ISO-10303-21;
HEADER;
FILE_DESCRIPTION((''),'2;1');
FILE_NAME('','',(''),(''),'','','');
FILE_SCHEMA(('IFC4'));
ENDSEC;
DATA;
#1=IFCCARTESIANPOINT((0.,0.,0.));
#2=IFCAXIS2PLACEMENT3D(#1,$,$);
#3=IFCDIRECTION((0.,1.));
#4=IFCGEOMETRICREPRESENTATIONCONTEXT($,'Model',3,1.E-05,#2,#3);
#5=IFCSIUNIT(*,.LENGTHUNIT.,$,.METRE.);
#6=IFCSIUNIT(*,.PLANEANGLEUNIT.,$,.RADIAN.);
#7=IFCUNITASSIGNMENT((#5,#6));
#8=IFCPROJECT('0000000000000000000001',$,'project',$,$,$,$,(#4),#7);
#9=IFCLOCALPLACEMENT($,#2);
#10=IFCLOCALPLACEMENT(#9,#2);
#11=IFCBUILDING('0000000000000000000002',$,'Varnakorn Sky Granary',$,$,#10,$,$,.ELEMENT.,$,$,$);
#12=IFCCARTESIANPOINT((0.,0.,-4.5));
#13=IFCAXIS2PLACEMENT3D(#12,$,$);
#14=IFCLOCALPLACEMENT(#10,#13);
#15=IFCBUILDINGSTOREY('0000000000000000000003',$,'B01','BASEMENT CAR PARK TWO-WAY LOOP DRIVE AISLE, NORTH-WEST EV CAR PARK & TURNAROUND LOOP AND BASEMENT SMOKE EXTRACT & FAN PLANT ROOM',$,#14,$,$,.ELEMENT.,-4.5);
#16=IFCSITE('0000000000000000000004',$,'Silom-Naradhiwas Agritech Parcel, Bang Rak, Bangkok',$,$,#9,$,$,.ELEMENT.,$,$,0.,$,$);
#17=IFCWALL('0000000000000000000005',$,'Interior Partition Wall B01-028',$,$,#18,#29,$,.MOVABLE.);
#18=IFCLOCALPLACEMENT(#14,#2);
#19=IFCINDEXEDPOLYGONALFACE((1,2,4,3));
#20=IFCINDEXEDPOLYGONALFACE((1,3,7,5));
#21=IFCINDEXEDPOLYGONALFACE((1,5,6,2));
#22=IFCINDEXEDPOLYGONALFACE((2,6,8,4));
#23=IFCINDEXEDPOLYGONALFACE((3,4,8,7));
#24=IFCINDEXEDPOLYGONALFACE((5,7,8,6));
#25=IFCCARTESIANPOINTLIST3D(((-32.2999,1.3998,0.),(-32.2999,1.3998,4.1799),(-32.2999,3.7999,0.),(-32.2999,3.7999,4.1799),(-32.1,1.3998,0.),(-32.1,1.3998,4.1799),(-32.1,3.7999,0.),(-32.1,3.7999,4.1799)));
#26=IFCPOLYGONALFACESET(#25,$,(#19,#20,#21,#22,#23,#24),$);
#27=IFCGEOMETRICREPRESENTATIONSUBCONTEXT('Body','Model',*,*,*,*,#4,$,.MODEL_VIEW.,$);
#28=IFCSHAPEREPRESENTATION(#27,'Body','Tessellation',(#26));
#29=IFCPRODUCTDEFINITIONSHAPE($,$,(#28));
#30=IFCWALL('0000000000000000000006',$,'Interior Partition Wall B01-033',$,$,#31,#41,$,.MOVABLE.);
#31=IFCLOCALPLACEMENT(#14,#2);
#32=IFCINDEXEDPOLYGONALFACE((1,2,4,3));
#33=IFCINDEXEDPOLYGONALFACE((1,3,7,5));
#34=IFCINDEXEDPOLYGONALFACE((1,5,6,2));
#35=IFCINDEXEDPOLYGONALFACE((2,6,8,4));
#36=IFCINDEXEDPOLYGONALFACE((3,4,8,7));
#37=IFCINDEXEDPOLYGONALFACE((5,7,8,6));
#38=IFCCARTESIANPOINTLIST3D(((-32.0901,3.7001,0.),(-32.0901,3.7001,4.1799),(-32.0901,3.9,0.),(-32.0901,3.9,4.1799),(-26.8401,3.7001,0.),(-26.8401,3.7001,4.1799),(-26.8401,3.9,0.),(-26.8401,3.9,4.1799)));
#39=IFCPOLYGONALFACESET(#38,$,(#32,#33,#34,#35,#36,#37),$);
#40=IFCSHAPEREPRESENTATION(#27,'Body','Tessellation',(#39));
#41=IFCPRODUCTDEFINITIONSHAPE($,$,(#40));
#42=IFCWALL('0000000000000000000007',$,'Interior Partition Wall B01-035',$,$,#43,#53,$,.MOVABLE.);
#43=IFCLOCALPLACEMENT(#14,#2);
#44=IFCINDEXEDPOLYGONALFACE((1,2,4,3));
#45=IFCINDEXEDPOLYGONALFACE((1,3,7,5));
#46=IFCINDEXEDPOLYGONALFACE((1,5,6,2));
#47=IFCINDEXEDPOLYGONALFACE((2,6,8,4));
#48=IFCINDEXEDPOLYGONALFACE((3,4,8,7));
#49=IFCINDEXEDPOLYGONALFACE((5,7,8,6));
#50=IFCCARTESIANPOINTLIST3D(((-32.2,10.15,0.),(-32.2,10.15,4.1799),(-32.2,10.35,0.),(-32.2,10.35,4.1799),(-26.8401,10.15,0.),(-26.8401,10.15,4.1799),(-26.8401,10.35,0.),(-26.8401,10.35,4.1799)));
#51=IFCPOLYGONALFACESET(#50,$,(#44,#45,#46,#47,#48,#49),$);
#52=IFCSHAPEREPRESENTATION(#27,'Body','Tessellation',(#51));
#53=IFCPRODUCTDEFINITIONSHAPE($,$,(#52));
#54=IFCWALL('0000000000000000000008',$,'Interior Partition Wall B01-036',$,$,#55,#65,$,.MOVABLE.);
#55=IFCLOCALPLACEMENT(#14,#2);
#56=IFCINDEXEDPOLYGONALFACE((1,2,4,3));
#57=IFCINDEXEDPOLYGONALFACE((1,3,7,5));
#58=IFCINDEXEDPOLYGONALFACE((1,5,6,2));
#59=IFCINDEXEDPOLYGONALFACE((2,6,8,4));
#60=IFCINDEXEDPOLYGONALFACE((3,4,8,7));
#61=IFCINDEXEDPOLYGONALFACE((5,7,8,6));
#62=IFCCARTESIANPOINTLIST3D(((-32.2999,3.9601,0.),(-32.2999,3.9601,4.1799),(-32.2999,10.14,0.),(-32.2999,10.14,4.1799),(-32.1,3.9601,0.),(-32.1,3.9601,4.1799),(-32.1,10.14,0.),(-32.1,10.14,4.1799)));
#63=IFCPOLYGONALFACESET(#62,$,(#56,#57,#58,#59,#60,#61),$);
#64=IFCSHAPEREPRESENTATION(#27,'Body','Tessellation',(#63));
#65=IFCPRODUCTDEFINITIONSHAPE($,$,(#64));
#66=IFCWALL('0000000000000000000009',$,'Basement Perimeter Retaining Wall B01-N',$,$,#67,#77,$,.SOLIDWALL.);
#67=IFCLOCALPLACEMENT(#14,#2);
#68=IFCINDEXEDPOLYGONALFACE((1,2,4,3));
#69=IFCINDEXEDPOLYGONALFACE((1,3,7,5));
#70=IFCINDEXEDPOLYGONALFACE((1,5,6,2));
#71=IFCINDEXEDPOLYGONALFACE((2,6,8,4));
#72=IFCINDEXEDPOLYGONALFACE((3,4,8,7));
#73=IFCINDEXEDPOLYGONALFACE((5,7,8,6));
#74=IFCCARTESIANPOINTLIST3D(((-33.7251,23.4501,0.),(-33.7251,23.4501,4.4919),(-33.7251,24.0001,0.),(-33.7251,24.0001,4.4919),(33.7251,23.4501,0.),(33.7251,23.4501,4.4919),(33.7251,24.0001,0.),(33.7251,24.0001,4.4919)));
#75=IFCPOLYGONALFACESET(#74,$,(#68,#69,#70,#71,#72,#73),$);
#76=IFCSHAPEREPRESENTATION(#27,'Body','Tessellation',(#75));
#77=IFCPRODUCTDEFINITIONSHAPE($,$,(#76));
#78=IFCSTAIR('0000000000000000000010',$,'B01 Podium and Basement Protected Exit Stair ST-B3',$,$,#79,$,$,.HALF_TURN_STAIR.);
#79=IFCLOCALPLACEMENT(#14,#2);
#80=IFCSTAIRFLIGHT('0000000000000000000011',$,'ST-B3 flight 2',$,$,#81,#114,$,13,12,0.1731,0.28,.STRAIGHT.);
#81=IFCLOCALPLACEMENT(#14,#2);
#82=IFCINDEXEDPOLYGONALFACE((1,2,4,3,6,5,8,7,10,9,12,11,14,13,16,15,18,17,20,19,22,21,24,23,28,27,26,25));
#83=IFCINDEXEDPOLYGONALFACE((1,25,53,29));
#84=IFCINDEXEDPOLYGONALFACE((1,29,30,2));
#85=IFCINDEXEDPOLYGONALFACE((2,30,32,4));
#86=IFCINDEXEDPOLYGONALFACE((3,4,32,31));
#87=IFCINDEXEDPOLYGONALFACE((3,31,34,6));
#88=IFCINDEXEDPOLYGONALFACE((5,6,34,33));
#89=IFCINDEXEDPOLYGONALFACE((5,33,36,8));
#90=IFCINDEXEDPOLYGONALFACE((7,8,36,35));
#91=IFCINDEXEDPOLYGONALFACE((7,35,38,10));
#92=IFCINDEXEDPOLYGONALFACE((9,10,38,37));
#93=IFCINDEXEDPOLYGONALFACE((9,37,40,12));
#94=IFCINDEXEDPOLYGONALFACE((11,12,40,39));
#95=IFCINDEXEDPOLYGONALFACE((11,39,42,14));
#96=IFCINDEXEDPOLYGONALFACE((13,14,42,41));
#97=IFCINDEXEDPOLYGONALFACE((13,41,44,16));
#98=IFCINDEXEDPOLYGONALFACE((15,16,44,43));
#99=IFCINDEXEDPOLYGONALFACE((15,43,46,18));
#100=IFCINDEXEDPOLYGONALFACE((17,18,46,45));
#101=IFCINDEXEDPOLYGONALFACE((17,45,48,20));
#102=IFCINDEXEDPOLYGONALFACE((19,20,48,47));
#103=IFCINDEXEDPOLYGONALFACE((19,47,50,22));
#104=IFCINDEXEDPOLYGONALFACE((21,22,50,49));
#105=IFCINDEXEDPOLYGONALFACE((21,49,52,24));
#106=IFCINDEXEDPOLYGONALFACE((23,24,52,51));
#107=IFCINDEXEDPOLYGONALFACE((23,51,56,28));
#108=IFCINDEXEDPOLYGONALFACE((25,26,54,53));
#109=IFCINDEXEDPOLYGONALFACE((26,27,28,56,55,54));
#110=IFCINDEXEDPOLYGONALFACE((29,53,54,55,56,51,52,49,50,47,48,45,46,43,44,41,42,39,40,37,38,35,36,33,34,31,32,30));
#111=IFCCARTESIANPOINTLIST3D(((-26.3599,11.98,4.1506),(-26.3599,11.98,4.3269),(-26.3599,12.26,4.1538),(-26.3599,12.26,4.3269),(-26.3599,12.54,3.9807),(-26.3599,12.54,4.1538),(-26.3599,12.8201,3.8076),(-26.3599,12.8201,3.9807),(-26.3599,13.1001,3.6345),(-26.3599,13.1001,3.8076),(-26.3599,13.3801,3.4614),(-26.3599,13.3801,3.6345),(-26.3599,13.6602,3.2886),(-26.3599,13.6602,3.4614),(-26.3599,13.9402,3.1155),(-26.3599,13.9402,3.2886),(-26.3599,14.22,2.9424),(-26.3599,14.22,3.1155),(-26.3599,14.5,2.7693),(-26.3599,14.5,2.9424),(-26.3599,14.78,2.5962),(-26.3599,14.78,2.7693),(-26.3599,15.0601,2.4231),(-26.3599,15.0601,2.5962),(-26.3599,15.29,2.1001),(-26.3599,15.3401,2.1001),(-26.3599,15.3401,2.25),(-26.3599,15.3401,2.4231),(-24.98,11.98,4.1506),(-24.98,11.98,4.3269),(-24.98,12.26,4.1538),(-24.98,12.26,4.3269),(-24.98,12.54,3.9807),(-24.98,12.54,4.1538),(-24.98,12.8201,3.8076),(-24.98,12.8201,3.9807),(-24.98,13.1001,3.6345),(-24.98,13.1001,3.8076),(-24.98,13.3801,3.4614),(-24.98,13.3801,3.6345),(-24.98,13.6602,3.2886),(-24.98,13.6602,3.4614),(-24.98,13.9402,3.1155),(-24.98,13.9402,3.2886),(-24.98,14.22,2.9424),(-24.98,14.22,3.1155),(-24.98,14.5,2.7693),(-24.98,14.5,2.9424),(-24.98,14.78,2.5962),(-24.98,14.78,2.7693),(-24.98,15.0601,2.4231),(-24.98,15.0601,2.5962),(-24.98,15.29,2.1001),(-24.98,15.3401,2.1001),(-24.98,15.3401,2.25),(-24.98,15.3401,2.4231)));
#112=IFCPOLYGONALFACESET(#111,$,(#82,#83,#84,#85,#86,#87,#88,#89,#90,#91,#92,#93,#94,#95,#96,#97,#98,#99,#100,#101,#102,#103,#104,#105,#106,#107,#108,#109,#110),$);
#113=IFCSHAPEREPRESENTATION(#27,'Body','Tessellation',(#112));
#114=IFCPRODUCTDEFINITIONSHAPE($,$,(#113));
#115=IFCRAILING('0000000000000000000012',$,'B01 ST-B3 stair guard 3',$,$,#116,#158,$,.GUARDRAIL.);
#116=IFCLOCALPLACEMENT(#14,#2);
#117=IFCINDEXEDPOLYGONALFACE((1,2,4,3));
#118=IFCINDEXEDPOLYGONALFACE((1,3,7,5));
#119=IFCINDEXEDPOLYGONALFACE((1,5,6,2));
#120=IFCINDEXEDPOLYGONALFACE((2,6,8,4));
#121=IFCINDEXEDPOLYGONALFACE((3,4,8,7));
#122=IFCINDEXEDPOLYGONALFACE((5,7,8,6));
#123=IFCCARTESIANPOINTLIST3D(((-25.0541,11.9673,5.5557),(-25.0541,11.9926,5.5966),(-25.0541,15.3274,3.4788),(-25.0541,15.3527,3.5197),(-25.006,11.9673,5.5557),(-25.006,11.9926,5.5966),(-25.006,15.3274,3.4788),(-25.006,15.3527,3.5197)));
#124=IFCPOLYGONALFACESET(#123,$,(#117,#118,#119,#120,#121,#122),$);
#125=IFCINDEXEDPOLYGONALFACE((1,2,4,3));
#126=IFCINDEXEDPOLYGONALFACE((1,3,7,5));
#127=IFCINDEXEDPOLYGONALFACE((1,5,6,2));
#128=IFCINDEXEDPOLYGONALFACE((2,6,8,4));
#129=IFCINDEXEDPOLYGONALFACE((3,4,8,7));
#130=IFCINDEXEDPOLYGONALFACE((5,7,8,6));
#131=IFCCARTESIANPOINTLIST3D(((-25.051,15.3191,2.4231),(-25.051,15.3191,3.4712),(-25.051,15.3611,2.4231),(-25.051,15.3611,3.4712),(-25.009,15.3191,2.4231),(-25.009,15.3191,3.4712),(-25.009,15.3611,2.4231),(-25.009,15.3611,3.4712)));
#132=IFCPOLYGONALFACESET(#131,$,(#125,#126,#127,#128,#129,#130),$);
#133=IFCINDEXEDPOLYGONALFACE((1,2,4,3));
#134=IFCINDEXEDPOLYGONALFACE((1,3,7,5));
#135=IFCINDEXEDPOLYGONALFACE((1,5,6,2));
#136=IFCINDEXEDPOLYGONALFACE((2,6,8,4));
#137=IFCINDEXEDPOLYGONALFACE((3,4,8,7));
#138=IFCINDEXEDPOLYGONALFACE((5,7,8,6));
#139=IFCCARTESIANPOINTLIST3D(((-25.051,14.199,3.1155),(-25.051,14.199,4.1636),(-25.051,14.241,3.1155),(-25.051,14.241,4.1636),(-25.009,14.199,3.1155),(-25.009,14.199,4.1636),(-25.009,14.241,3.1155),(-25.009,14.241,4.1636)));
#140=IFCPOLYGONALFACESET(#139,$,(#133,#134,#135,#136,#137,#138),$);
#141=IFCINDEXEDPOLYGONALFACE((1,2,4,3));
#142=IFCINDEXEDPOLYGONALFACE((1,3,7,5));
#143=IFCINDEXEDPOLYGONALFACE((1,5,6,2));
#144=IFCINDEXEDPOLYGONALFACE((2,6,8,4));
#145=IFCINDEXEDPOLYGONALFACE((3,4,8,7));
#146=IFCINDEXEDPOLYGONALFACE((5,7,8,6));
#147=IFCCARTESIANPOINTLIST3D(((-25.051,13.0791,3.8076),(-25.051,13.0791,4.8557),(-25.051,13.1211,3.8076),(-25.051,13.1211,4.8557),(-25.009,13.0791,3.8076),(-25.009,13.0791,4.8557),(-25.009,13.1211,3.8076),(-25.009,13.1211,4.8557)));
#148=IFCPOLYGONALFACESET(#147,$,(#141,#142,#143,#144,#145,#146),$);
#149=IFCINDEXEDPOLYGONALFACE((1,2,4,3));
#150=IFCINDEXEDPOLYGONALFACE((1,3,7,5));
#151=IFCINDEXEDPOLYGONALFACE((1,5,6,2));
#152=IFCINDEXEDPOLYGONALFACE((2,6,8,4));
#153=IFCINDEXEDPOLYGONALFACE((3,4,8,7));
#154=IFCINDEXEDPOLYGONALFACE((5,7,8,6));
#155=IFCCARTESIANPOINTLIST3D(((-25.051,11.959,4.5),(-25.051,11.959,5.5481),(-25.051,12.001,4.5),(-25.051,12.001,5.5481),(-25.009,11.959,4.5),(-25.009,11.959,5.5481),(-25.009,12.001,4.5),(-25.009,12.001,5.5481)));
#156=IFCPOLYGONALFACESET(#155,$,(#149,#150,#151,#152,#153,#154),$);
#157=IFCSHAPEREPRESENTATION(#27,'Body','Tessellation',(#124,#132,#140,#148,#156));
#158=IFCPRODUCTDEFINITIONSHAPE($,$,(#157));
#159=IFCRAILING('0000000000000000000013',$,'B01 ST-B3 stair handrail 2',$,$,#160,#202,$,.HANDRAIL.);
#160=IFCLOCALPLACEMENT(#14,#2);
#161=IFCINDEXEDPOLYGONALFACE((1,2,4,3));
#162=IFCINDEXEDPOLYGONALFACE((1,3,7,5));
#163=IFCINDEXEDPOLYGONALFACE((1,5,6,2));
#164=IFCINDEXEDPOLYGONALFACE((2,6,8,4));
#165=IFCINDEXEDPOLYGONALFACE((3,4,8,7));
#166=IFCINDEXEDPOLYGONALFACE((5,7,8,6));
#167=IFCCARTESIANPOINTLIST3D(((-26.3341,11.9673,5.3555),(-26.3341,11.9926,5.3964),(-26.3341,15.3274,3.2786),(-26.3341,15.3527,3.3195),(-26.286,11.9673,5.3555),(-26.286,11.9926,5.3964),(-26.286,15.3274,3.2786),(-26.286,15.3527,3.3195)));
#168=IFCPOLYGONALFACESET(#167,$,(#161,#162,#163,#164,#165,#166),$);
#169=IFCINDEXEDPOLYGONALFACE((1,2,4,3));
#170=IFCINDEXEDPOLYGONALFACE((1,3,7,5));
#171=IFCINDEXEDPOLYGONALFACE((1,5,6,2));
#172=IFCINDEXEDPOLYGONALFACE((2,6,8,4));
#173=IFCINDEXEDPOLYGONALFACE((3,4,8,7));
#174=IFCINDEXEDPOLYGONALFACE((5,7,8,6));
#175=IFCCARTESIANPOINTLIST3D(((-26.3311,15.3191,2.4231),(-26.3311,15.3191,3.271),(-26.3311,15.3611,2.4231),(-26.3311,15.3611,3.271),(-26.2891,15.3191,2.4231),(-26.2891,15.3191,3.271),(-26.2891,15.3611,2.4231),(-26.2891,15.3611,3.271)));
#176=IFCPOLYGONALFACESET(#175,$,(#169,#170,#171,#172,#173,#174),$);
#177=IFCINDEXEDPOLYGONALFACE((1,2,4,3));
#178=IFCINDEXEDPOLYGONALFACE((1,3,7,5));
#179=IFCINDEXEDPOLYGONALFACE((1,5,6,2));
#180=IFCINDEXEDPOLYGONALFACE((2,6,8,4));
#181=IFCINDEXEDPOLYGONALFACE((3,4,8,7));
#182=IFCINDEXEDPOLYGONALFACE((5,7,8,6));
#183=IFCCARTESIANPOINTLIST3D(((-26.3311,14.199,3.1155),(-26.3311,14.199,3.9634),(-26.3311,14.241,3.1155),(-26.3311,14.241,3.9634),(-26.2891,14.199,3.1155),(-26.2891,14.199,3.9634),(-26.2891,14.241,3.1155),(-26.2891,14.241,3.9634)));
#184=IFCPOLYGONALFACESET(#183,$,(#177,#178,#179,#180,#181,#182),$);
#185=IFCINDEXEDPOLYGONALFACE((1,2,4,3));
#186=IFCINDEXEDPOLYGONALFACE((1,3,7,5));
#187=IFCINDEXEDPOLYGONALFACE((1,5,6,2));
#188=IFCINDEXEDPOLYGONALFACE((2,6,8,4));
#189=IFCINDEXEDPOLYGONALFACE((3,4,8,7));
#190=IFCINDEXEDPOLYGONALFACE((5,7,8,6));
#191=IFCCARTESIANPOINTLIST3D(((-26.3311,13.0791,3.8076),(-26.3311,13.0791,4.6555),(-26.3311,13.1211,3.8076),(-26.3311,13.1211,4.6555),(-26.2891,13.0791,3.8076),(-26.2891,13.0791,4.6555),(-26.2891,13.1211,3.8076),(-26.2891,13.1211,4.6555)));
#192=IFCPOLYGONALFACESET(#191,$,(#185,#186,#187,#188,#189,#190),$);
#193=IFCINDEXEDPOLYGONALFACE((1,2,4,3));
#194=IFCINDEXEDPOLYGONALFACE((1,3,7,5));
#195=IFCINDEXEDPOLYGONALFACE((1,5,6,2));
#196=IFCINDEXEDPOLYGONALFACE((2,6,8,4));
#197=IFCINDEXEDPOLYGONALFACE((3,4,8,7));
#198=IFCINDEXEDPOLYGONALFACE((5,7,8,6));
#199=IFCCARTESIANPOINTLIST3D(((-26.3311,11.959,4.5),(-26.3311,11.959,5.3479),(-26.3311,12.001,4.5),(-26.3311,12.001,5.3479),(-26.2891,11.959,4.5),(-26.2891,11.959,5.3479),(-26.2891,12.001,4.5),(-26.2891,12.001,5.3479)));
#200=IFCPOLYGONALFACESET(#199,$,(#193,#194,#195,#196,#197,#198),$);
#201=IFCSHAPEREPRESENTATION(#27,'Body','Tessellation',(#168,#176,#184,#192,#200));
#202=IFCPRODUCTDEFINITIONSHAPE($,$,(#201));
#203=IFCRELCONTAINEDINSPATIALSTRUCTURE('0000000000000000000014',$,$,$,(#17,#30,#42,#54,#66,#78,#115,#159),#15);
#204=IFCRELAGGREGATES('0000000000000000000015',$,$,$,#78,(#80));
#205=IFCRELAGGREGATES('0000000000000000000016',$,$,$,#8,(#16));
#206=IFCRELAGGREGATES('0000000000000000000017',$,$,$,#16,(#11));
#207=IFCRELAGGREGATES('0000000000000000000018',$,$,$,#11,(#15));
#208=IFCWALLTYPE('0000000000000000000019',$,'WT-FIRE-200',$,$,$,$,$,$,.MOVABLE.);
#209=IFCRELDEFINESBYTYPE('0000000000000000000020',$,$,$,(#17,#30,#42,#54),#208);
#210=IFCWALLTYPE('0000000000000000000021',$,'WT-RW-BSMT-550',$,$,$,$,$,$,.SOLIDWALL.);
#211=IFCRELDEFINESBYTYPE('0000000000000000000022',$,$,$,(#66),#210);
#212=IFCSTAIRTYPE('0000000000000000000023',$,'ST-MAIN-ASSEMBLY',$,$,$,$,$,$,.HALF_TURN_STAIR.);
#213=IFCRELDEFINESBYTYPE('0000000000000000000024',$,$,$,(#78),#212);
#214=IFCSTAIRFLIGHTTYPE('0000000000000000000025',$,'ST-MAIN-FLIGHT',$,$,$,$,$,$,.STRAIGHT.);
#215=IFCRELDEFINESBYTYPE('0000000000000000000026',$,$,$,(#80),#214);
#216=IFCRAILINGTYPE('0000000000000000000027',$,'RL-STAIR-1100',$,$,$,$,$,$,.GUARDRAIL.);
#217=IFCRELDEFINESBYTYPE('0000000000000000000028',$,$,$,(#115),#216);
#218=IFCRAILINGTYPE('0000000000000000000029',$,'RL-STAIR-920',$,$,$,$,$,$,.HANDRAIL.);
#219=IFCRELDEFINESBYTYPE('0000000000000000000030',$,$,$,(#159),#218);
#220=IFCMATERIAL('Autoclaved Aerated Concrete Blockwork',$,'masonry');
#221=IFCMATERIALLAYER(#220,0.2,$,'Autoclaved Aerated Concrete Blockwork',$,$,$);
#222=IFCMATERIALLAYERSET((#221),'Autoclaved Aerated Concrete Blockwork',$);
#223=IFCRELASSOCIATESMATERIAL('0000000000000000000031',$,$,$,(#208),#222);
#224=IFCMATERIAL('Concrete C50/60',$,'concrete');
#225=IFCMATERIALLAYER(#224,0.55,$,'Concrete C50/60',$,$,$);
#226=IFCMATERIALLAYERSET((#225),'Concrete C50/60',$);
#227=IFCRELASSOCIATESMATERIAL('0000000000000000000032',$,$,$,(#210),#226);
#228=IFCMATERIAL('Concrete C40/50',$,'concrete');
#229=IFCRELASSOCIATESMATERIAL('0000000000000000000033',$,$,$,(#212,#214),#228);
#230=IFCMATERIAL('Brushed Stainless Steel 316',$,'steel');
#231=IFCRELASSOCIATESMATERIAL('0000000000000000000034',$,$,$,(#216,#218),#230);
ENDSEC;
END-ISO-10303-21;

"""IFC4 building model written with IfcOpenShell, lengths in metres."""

from ifc_helpers import new_model, si_unit, direction, frame, frame_2d, origin, origin_2d, place, context, subcontext, project, spatial, polyline, rectangle, outline, extrude, material, layer, layer_set, type_object, element, aggregate, save


model = new_model("IFC4")

# Units and contexts
model_context = context("Model", 3, precision=1e-05, world=origin(), true_north=direction((0.0, 1.0)))
body_context = subcontext(model_context, "Body", "Model", "MODEL_VIEW")
ifc_project = project(units=[si_unit("LENGTHUNIT", "METRE"), si_unit("PLANEANGLEUNIT", "RADIAN")], contexts=[model_context])

# Site, building, storey
site_placement = place(None, origin())
site = spatial("IfcSite", under=ifc_project, at=site_placement, Name="Silom-Naradhiwas Agritech Parcel, Bang Rak, Bangkok", CompositionType="ELEMENT", RefElevation=0.0)
building_placement = place(site_placement, origin())
building = spatial("IfcBuilding", under=site, at=building_placement, Name="Varnakorn Sky Granary", CompositionType="ELEMENT")
storey_placement = place(building_placement, frame((0.0, 0.0, -4.5)))
storey = spatial("IfcBuildingStorey", under=building, at=storey_placement, Name="B01", Description="BASEMENT CAR PARK TWO-WAY LOOP DRIVE AISLE, NORTH-WEST EV CAR PARK & TURNAROUND LOOP AND BASEMENT SMOKE EXTRACT & FAN PLANT ROOM", CompositionType="ELEMENT", Elevation=-4.5)

# Shared definitions
ifc_material_1 = material(Name="Concrete C50/60", Category="concrete")

# Shared definitions
ifc_material_2 = material(Name="Autoclaved Aerated Concrete Blockwork", Category="masonry")
ifc_layer_1 = layer(ifc_material_2, 0.2, Name="Autoclaved Aerated Concrete Blockwork")
ifc_layer_set_1 = layer_set([ifc_layer_1], Name="Autoclaved Aerated Concrete Blockwork")
wall_type_1 = type_object("IfcWallType", Name="WT-FIRE-200", PredefinedType="MOVABLE", material=ifc_layer_set_1)

# Walls
wall_1_placement = place(storey_placement, frame((-32.2, 3.8, 0.0), z_axis=(0.0, 0.0, 1.0), x_axis=(0.0, -1.0, 0.0)))
element("IfcWall", 1, at=wall_1_placement, inside=storey, type_object=wall_type_1, Name="Interior Partition Wall B01-028", PredefinedType="MOVABLE", context=body_context, shape_type="SweptSolid", body=[
    extrude(rectangle(XDim=2.4001, YDim=0.2, at=frame_2d((1.2002, 0.0))), origin(), (0.0, 0.0, 1.0), 4.1799),
])
wall_2_placement = place(storey_placement, frame((-26.8401, 3.8, 0.0), z_axis=(0.0, 0.0, 1.0), x_axis=(-1.0, 0.0, 0.0)))
element("IfcWall", 2, at=wall_2_placement, inside=storey, type_object=wall_type_1, Name="Interior Partition Wall B01-033", PredefinedType="MOVABLE", context=body_context, shape_type="SweptSolid", body=[
    extrude(rectangle(XDim=5.25, YDim=0.2, at=frame_2d((2.625, 0.0))), origin(), (0.0, 0.0, 1.0), 4.1799),
])
wall_3_placement = place(storey_placement, frame((-26.8401, 10.25, 0.0), z_axis=(0.0, 0.0, 1.0), x_axis=(-1.0, 0.0, 0.0)))
element("IfcWall", 3, at=wall_3_placement, inside=storey, type_object=wall_type_1, Name="Interior Partition Wall B01-035", PredefinedType="MOVABLE", context=body_context, shape_type="SweptSolid", body=[
    extrude(rectangle(XDim=5.3599, YDim=0.2, at=frame_2d((2.6799, 0.0))), origin(), (0.0, 0.0, 1.0), 4.1799),
])
wall_4_placement = place(storey_placement, frame((-32.2, 10.1399, 0.0), z_axis=(0.0, 0.0, 1.0), x_axis=(0.0, -1.0, 0.0)))
element("IfcWall", 4, at=wall_4_placement, inside=storey, type_object=wall_type_1, Name="Interior Partition Wall B01-036", PredefinedType="MOVABLE", context=body_context, shape_type="SweptSolid", body=[
    extrude(rectangle(XDim=6.1799, YDim=0.2, at=frame_2d((3.0898, 0.0))), origin(), (0.0, 0.0, 1.0), 4.1799),
])
ifc_layer_2 = layer(ifc_material_1, 0.55, Name="Concrete C50/60")
ifc_layer_set_2 = layer_set([ifc_layer_2], Name="Concrete C50/60")
wall_type_2 = type_object("IfcWallType", Name="WT-RW-BSMT-550", PredefinedType="SOLIDWALL", material=ifc_layer_set_2)
wall_5_placement = place(storey_placement, frame((-33.7251, 23.7251, 0.0), z_axis=(0.0, 0.0, 1.0), x_axis=(1.0, 0.0, 0.0)))
element("IfcWall", 5, at=wall_5_placement, inside=storey, type_object=wall_type_2, Name="Basement Perimeter Retaining Wall B01-N", PredefinedType="SOLIDWALL", context=body_context, shape_type="SweptSolid", body=[
    extrude(rectangle(XDim=67.4502, YDim=0.55, at=frame_2d((33.7251, 0.0))), origin(), (0.0, 0.0, 1.0), 4.4919),
])

# Stair, stair flight
ifc_material_3 = material(Name="Concrete C40/50", Category="concrete")
stair_type = type_object("IfcStairType", Name="ST-MAIN-ASSEMBLY", PredefinedType="HALF_TURN_STAIR", material=ifc_material_3)
stair_placement = place(storey_placement, origin())
stair = element("IfcStair", 6, at=stair_placement, inside=storey, type_object=stair_type, Name="B01 Podium and Basement Protected Exit Stair ST-B3", PredefinedType="HALF_TURN_STAIR")
stair_flight_type = type_object("IfcStairFlightType", Name="ST-MAIN-FLIGHT", PredefinedType="STRAIGHT", material=ifc_material_3)
stair_flight_placement = place(storey_placement, frame((-25.6699, 15.3401, 2.25), z_axis=(0.0, 0.0, 1.0), x_axis=(0.0, -1.0, 0.0)))
stair_flight = element("IfcStairFlight", 7, at=stair_flight_placement, type_object=stair_flight_type, Name="ST-B3 flight 2", NumberOfRisers=13, NumberOfTreads=12, PredefinedType="STRAIGHT", RiserHeight=0.1731, TreadLength=0.28, context=body_context, shape_type="SweptSolid", body=[
    extrude(outline(polyline([(0.0, -0.1499), (0.0, 0.0), (0.0, 0.1731), (0.28, 0.1731), (0.28, 0.3462), (0.5601, 0.3462), (0.5601, 0.5193), (0.8401, 0.5193), (0.8401, 0.6924), (1.1201, 0.6924), (1.1201, 0.8655), (1.3999, 0.8655), (1.3999, 1.0386), (1.6799, 1.0386), (1.6799, 1.2114), (1.96, 1.2114), (1.96, 1.3845), (2.24, 1.3845), (2.24, 1.5576), (2.52, 1.5576), (2.52, 1.7307), (2.8, 1.7307), (2.8, 1.9038), (3.0801, 1.9038), (3.0801, 2.0769), (3.3601, 2.0769), (3.3601, 2.25), (3.3601, 1.9006), (0.05, -0.1499), (0.0, -0.1499)])), frame((0.0, 0.6899, 0.0), z_axis=(0.0, -1.0, 0.0), x_axis=(1.0, 0.0, 0.0)), (0.0, 0.0, 1.0), 1.3799),
])
aggregate(stair, [stair_flight])

# Railings
ifc_material_4 = material(Name="Brushed Stainless Steel 316", Category="steel")
railing_type_1 = type_object("IfcRailingType", Name="RL-STAIR-1100", PredefinedType="GUARDRAIL", material=ifc_material_4)
railing_1_placement = place(storey_placement, frame((-25.03, 15.3401, 2.4231)))
element("IfcRailing", 8, at=railing_1_placement, inside=storey, type_object=railing_type_1, Name="B01 ST-B3 stair guard 3", PredefinedType="GUARDRAIL", context=body_context, shape_type="SweptSolid", body=[
    extrude(rectangle(XDim=0.0481, YDim=0.0481, at=origin_2d()), frame((0.0, 0.0, 1.0762), z_axis=(0.0, -0.850623, 0.525776), x_axis=(1.0, 0.0, 0.0)), (0.0, 0.0, 1.0), 3.9502),
    extrude(rectangle(XDim=0.042, YDim=0.042, at=origin_2d()), origin(), (0.0, 0.0, 1.0), 1.0481),
    extrude(rectangle(XDim=0.042, YDim=0.042, at=origin_2d()), frame((0.0, -1.1201, 0.6924)), (0.0, 0.0, 1.0), 1.0481),
    extrude(rectangle(XDim=0.042, YDim=0.042, at=origin_2d()), frame((0.0, -2.24, 1.3845)), (0.0, 0.0, 1.0), 1.0481),
    extrude(rectangle(XDim=0.042, YDim=0.042, at=origin_2d()), frame((0.0, -3.3601, 2.0769)), (0.0, 0.0, 1.0), 1.0481),
])
railing_type_2 = type_object("IfcRailingType", Name="RL-STAIR-920", PredefinedType="HANDRAIL", material=ifc_material_4)
railing_2_placement = place(storey_placement, frame((-26.3101, 15.3401, 2.4231)))
element("IfcRailing", 9, at=railing_2_placement, inside=storey, type_object=railing_type_2, Name="B01 ST-B3 stair handrail 2", PredefinedType="HANDRAIL", context=body_context, shape_type="SweptSolid", body=[
    extrude(rectangle(XDim=0.0481, YDim=0.0481, at=origin_2d()), frame((0.0, 0.0, 0.876), z_axis=(0.0, -0.850623, 0.525776), x_axis=(1.0, 0.0, 0.0)), (0.0, 0.0, 1.0), 3.9502),
    extrude(rectangle(XDim=0.042, YDim=0.042, at=origin_2d()), origin(), (0.0, 0.0, 1.0), 0.8479),
    extrude(rectangle(XDim=0.042, YDim=0.042, at=origin_2d()), frame((0.0, -1.1201, 0.6924)), (0.0, 0.0, 1.0), 0.8479),
    extrude(rectangle(XDim=0.042, YDim=0.042, at=origin_2d()), frame((0.0, -2.24, 1.3845)), (0.0, 0.0, 1.0), 0.8479),
    extrude(rectangle(XDim=0.042, YDim=0.042, at=origin_2d()), frame((0.0, -3.3601, 2.0769)), (0.0, 0.0, 1.0), 0.8479),
])

save(model, "model.ifc")
